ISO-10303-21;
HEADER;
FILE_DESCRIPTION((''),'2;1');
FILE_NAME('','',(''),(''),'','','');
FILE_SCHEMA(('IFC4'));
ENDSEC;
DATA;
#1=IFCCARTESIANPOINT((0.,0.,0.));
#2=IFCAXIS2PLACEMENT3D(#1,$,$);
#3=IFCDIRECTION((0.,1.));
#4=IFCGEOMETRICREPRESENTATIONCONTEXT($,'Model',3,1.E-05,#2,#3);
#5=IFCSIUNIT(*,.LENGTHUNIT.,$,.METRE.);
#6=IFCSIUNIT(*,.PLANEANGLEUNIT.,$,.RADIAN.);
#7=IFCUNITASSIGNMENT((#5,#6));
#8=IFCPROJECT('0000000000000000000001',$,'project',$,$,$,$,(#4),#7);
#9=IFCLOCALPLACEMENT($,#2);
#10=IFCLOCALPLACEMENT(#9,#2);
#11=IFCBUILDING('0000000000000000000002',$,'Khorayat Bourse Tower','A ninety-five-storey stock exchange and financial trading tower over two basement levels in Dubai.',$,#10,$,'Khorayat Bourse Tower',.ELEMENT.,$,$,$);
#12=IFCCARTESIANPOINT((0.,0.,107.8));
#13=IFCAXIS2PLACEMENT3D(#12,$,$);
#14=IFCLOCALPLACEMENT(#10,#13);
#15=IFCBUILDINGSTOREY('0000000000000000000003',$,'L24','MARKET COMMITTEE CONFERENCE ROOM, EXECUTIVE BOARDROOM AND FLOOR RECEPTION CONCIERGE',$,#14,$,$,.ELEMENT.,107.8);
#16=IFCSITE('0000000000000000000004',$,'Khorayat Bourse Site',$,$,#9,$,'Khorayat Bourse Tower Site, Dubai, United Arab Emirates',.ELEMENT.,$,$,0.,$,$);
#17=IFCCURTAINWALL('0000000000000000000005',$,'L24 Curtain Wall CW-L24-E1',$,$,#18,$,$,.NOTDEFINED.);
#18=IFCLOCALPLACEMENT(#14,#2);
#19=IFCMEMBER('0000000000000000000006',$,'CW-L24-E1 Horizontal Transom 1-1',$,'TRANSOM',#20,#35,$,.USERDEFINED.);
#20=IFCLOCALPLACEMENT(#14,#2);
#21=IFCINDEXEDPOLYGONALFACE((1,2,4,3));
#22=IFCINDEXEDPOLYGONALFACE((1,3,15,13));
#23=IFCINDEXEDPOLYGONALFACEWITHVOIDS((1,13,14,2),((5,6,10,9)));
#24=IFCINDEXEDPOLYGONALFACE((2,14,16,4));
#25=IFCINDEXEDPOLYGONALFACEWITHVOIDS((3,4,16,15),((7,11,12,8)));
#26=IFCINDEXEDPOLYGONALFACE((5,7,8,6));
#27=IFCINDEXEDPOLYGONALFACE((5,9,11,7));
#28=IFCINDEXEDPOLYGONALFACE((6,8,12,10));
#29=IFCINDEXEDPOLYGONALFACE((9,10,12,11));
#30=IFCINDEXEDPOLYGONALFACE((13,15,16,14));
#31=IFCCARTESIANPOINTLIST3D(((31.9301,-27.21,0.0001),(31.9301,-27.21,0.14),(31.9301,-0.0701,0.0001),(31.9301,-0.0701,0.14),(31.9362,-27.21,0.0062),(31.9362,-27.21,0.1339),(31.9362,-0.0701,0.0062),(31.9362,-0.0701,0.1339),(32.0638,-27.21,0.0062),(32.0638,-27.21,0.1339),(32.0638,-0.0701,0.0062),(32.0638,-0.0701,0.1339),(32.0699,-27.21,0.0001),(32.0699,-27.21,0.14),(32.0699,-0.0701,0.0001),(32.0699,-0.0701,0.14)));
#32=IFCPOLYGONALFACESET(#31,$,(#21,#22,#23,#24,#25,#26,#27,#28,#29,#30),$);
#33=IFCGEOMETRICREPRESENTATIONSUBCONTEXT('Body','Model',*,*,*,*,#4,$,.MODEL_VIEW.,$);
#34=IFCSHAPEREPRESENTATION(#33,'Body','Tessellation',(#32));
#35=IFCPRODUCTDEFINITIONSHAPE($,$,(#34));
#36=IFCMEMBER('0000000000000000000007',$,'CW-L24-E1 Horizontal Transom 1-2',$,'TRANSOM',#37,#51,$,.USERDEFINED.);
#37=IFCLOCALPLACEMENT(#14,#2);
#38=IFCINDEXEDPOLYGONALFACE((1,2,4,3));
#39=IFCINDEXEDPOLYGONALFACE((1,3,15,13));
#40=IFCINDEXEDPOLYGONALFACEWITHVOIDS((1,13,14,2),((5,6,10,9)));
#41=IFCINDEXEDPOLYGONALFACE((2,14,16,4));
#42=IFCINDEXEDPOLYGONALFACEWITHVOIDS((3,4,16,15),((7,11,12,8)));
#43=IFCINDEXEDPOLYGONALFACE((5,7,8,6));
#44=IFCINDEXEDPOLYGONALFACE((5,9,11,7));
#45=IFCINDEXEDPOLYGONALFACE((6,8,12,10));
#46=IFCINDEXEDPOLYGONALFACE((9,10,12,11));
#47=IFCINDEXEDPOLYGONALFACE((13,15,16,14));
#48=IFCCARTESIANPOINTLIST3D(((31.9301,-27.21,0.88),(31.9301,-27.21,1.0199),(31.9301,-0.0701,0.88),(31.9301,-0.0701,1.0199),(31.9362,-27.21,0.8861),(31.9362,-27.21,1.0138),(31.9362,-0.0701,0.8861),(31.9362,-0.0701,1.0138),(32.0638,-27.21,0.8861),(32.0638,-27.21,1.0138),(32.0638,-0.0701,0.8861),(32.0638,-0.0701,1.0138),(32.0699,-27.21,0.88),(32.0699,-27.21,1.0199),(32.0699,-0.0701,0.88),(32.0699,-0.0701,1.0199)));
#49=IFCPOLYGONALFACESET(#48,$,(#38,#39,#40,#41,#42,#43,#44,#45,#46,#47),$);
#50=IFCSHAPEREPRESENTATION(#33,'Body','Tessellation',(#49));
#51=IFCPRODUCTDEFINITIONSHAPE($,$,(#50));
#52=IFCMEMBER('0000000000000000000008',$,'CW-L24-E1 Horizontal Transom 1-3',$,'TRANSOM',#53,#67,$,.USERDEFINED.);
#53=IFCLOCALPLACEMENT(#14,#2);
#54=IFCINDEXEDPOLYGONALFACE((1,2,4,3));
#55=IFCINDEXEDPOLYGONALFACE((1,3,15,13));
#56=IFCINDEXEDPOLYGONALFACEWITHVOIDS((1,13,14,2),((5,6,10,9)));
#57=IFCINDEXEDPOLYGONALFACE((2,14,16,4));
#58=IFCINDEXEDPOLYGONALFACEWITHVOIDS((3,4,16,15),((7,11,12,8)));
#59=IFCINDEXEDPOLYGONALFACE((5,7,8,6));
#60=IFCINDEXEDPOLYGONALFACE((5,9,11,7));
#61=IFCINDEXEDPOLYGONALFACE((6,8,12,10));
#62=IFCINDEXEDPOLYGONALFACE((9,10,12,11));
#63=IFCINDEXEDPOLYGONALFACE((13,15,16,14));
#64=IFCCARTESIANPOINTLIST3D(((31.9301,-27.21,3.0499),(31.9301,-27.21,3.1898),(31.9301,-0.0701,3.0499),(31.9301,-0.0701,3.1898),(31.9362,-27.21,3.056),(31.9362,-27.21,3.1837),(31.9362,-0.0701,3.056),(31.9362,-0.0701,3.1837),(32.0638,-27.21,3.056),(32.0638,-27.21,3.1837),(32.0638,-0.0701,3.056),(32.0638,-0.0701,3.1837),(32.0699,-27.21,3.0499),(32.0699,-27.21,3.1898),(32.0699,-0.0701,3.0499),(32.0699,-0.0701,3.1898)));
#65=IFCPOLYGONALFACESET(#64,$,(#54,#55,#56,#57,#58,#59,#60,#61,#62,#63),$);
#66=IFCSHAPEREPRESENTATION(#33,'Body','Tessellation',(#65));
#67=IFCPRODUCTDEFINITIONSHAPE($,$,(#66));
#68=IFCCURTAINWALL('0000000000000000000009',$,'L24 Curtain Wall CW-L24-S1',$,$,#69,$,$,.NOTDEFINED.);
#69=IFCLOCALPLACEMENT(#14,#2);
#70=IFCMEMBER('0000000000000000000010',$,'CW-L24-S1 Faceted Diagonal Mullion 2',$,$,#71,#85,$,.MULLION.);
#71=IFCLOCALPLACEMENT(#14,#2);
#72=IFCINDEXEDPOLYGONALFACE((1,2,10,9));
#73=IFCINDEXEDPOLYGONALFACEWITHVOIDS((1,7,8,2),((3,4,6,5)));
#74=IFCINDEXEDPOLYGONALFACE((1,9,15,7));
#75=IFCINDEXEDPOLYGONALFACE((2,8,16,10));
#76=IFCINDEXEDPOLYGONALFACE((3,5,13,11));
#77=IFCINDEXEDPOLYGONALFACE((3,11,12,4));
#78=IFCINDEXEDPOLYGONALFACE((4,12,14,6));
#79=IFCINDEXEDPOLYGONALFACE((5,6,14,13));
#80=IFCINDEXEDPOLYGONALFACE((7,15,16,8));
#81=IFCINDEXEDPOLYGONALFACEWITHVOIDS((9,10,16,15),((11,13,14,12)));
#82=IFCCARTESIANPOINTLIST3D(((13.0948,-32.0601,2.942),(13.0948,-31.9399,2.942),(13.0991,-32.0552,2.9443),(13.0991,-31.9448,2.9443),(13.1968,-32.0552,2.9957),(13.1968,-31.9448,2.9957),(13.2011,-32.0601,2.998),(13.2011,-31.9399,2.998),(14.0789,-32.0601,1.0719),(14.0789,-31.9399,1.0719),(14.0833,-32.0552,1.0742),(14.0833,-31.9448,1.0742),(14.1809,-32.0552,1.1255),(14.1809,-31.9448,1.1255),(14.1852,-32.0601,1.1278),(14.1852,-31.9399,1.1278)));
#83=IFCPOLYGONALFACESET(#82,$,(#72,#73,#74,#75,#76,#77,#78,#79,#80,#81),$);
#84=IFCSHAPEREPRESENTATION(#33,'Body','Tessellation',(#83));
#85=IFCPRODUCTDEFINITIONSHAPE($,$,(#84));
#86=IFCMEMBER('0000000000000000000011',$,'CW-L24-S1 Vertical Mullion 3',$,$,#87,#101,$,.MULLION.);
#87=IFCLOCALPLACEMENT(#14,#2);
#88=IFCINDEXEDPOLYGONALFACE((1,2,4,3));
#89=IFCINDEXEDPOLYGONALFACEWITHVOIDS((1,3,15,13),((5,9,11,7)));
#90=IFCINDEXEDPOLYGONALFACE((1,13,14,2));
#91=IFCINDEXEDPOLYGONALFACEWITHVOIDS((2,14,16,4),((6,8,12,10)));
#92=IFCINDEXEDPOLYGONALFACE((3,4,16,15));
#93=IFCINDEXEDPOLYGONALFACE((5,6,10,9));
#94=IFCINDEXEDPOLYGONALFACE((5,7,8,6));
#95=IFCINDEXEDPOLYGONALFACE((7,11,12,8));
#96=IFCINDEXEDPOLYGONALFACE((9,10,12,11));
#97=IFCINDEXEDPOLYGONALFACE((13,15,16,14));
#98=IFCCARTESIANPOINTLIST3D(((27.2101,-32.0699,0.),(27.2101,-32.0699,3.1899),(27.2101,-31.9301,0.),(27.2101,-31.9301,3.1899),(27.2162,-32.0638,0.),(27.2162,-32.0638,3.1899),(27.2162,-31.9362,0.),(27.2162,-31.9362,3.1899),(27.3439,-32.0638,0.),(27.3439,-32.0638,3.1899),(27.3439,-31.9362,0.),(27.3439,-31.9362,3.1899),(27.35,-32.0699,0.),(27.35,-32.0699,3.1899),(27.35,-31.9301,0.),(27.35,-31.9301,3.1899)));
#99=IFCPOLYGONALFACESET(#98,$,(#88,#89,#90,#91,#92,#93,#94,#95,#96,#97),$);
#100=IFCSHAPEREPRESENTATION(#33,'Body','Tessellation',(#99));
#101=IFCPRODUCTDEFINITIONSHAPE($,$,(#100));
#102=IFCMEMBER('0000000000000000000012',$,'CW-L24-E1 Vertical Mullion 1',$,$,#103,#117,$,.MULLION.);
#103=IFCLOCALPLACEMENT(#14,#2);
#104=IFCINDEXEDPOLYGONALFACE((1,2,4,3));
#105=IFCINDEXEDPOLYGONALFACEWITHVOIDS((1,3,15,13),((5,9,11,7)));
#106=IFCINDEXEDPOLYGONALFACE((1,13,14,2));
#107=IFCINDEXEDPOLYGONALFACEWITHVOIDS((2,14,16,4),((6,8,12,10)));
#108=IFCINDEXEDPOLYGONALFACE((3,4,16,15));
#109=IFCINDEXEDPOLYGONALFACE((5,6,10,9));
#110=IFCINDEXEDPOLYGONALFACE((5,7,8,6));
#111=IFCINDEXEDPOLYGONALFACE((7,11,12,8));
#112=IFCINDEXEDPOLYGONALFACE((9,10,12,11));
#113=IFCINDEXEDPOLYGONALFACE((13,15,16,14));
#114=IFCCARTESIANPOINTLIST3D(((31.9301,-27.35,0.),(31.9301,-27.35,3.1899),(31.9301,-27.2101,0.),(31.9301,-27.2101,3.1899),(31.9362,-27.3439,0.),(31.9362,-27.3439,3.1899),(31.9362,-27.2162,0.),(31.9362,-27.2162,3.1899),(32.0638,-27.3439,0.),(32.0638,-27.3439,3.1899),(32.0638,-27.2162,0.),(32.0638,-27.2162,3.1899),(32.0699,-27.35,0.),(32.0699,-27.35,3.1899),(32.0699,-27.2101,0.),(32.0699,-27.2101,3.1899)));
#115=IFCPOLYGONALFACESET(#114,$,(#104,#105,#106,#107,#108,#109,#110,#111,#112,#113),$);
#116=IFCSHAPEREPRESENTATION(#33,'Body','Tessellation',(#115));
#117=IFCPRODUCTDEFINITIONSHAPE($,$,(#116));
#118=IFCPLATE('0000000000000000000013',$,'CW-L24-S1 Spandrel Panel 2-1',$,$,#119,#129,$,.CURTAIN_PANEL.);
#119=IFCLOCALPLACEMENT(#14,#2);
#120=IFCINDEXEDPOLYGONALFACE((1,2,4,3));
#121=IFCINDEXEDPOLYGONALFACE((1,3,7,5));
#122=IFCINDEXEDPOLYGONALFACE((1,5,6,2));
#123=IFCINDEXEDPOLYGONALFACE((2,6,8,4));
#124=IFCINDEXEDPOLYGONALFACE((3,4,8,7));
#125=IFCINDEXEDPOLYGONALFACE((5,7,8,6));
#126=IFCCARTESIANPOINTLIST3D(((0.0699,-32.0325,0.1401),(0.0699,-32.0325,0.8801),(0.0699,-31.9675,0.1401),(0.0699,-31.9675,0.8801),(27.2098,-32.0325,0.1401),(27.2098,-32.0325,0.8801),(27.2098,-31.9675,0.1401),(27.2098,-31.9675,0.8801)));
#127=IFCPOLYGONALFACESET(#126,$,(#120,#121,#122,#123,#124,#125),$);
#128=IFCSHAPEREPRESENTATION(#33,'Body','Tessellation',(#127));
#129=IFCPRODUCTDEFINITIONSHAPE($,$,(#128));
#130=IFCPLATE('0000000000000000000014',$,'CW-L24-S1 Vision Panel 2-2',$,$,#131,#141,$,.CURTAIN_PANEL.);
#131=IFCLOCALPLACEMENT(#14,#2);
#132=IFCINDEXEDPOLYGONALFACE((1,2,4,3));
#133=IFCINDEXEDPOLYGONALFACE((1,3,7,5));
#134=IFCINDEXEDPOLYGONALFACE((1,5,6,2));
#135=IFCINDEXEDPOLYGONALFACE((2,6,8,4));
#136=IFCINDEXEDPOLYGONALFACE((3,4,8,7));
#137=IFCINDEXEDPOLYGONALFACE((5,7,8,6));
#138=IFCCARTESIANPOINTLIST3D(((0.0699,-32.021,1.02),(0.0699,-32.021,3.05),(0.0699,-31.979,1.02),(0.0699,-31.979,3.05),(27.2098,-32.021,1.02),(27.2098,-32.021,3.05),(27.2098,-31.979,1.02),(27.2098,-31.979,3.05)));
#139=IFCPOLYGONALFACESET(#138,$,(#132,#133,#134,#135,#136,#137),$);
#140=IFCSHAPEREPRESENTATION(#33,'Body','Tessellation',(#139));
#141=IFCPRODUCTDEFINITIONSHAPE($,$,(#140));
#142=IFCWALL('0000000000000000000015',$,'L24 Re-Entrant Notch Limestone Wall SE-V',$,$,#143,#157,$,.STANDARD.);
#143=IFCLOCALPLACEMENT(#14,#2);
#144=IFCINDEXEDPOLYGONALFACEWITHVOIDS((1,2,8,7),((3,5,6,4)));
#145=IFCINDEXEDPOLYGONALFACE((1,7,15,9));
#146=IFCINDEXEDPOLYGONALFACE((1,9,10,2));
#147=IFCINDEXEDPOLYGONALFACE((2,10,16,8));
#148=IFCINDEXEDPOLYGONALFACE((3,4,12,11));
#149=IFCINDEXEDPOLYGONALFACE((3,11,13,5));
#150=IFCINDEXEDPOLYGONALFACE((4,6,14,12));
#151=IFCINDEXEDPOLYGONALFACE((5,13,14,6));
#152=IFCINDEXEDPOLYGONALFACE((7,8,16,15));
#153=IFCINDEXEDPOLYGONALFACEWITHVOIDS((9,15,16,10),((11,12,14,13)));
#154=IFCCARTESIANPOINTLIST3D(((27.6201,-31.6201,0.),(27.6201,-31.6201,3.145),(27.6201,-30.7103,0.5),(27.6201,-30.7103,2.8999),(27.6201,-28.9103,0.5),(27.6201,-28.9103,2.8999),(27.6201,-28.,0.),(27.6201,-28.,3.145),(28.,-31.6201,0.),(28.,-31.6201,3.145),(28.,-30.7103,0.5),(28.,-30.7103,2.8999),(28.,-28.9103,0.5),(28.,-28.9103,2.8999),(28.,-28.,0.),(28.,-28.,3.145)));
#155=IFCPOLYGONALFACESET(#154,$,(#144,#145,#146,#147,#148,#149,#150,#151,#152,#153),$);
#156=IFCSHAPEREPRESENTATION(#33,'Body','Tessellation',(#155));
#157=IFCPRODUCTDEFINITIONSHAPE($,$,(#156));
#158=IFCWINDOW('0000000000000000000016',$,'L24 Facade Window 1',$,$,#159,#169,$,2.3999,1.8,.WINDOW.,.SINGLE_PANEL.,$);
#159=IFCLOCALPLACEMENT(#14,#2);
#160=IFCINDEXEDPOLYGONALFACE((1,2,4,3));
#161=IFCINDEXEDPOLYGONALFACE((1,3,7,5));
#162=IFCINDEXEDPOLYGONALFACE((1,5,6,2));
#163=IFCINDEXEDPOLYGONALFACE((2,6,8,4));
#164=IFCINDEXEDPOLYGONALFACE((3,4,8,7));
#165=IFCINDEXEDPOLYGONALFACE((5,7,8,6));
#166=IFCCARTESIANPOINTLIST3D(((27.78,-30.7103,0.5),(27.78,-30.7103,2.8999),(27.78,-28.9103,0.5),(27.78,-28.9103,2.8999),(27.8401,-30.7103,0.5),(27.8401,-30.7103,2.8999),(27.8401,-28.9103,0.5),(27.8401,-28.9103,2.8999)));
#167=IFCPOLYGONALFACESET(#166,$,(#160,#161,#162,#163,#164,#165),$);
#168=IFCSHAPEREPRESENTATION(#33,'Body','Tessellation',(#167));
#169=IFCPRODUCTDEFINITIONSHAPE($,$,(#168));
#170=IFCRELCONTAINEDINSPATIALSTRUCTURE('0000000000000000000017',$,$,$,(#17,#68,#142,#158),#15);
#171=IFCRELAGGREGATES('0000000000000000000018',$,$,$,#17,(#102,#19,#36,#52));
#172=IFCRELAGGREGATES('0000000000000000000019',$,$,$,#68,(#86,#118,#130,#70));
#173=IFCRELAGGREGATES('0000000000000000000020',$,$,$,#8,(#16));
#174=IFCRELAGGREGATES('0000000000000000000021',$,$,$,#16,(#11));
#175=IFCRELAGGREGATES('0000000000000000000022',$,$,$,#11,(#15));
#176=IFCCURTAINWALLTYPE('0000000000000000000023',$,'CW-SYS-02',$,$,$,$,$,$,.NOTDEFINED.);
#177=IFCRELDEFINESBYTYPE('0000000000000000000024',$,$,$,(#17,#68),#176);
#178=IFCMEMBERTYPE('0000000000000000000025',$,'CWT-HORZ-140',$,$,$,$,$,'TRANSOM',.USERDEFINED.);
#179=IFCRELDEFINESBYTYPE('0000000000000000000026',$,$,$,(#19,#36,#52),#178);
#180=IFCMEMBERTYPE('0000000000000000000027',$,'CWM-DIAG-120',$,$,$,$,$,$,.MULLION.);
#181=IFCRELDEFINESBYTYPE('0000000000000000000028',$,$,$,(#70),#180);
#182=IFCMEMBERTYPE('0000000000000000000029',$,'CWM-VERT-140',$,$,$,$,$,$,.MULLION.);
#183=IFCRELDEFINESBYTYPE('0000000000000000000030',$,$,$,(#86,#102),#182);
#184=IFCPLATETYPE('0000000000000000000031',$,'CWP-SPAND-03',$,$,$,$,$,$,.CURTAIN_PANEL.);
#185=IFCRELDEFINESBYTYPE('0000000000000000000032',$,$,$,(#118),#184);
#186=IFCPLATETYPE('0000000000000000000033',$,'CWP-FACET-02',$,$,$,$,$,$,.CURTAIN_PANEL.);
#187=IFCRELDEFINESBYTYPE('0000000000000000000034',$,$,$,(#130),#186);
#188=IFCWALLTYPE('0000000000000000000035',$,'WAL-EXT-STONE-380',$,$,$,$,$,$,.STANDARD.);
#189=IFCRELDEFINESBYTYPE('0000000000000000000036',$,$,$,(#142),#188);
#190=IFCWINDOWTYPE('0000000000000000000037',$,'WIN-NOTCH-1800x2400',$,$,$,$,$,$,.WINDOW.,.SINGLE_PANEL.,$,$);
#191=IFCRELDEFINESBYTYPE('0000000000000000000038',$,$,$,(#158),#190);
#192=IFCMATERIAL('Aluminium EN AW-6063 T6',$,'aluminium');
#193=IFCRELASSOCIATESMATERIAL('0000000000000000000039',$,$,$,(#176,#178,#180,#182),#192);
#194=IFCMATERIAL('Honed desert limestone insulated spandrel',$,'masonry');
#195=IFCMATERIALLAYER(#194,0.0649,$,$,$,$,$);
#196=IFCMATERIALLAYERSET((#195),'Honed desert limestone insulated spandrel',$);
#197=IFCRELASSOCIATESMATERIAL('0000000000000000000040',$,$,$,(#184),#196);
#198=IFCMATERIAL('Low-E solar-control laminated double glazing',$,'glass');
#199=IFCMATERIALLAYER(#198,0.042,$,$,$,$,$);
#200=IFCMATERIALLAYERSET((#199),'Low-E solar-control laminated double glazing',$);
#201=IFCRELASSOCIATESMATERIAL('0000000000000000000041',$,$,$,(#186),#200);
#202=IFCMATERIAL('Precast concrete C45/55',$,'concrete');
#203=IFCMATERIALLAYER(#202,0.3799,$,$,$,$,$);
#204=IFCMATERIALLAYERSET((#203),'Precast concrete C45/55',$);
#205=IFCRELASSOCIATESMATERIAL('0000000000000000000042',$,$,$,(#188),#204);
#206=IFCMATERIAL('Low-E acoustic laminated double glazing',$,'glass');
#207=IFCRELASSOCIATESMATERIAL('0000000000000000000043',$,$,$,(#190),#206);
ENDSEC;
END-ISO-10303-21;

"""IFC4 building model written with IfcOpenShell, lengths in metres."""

from ifc_helpers import new_model, si_unit, direction, frame, frame_2d, origin, origin_2d, place, context, subcontext, project, spatial, rectangle, hollow_rectangle, extrude, source, transform, mapped, material, layer, layer_set, material_profile, profile_set, type_object, element, fill, aggregate, save


model = new_model("IFC4")

# Units and contexts
model_context = context("Model", 3, precision=1e-05, world=origin(), true_north=direction((0.0, 1.0)))
body_context = subcontext(model_context, "Body", "Model", "MODEL_VIEW")
ifc_project = project(units=[si_unit("LENGTHUNIT", "METRE"), si_unit("PLANEANGLEUNIT", "RADIAN")], contexts=[model_context])

# Site, building, storey
site_placement = place(None, origin())
site = spatial("IfcSite", under=ifc_project, at=site_placement, Name="Khorayat Bourse Site", LongName="Khorayat Bourse Tower Site, Dubai, United Arab Emirates", CompositionType="ELEMENT", RefElevation=0.0)
building_placement = place(site_placement, origin())
building = spatial("IfcBuilding", under=site, at=building_placement, Name="Khorayat Bourse Tower", Description="A ninety-five-storey stock exchange and financial trading tower over two basement levels in Dubai.", LongName="Khorayat Bourse Tower", CompositionType="ELEMENT")
storey_placement = place(building_placement, frame((0.0, 0.0, 107.8)))
storey = spatial("IfcBuildingStorey", under=building, at=storey_placement, Name="L24", Description="MARKET COMMITTEE CONFERENCE ROOM, EXECUTIVE BOARDROOM AND FLOOR RECEPTION CONCIERGE", CompositionType="ELEMENT", Elevation=107.8)

# Curtain walls, members
ifc_material_1 = material(Name="Aluminium EN AW-6063 T6", Category="aluminium")
curtain_wall_type = type_object("IfcCurtainWallType", Name="CW-SYS-02", PredefinedType="NOTDEFINED", material=ifc_material_1)
curtain_wall_1_placement = place(storey_placement, origin())
curtain_wall_1 = element("IfcCurtainWall", 1, at=curtain_wall_1_placement, inside=storey, type_object=curtain_wall_type, Name="L24 Curtain Wall CW-L24-E1", PredefinedType="NOTDEFINED")
ifc_material_profile_1 = material_profile(ifc_material_1, hollow_rectangle(XDim=0.1399, YDim=0.1399, WallThickness=0.0061, at=origin_2d()), Name="ALU 140x140x6")
ifc_profile_set_1 = profile_set([ifc_material_profile_1], Name="Aluminium EN AW-6063 T6")
member_type_1 = type_object("IfcMemberType", Name="CWT-HORZ-140", ElementType="TRANSOM", PredefinedType="USERDEFINED", material=ifc_profile_set_1)
shared_shape_1 = source(origin(), body_context, "Body", "SweptSolid", [
    extrude(hollow_rectangle(XDim=0.1399, YDim=0.1399, WallThickness=0.0061, at=origin_2d()), origin(), (0.0, 0.0, 1.0), 27.1399),
])
member_1_placement = place(storey_placement, frame((32.0, -27.21, 0.0701), z_axis=(0.0, 1.0, 0.0), x_axis=(-1.0, 0.0, 0.0)))
member_1 = element("IfcMember", 2, at=member_1_placement, type_object=member_type_1, Name="CW-L24-E1 Horizontal Transom 1-1", ObjectType="TRANSOM", PredefinedType="USERDEFINED", context=body_context, shape_type="MappedRepresentation", body=[
    mapped(shared_shape_1, transform((0.0, 0.0, 0.0), scale=1.0)),
])
member_2_placement = place(storey_placement, frame((32.0, -27.21, 0.95), z_axis=(0.0, 1.0, 0.0), x_axis=(-1.0, 0.0, 0.0)))
member_2 = element("IfcMember", 3, at=member_2_placement, type_object=member_type_1, Name="CW-L24-E1 Horizontal Transom 1-2", ObjectType="TRANSOM", PredefinedType="USERDEFINED", context=body_context, shape_type="MappedRepresentation", body=[
    mapped(shared_shape_1, transform((0.0, 0.0, 0.0), scale=1.0)),
])
member_3_placement = place(storey_placement, frame((32.0, -27.21, 3.1199), z_axis=(0.0, 1.0, 0.0), x_axis=(-1.0, 0.0, 0.0)))
member_3 = element("IfcMember", 4, at=member_3_placement, type_object=member_type_1, Name="CW-L24-E1 Horizontal Transom 1-3", ObjectType="TRANSOM", PredefinedType="USERDEFINED", context=body_context, shape_type="MappedRepresentation", body=[
    mapped(shared_shape_1, transform((0.0, 0.0, 0.0), scale=1.0)),
])
curtain_wall_2_placement = place(storey_placement, origin())
curtain_wall_2 = element("IfcCurtainWall", 5, at=curtain_wall_2_placement, inside=storey, type_object=curtain_wall_type, Name="L24 Curtain Wall CW-L24-S1", PredefinedType="NOTDEFINED")
ifc_material_profile_2 = material_profile(ifc_material_1, hollow_rectangle(XDim=0.1201, YDim=0.1201, WallThickness=0.0049, at=origin_2d()), Name="ALU 120x120x5")
ifc_profile_set_2 = profile_set([ifc_material_profile_2], Name="Aluminium EN AW-6063 T6")
member_type_2 = type_object("IfcMemberType", Name="CWM-DIAG-120", PredefinedType="MULLION", material=ifc_profile_set_2)
shared_shape_2 = source(origin(), body_context, "Body", "SweptSolid", [
    extrude(hollow_rectangle(XDim=0.1201, YDim=0.1201, WallThickness=0.0049, at=origin_2d()), origin(), (0.0, 0.0, 1.0), 2.1133),
])
member_4_placement = place(storey_placement, frame((14.1321, -32.0, 1.0999), z_axis=(-0.465694, 0.0, 0.884946), x_axis=(0.0, -1.0, 0.0)))
member_4 = element("IfcMember", 6, at=member_4_placement, type_object=member_type_2, Name="CW-L24-S1 Faceted Diagonal Mullion 2", PredefinedType="MULLION", context=body_context, shape_type="MappedRepresentation", body=[
    mapped(shared_shape_2, transform((0.0, 0.0, 0.0), scale=1.0)),
])
ifc_material_profile_3 = material_profile(ifc_material_1, hollow_rectangle(XDim=0.1399, YDim=0.1399, WallThickness=0.0061, at=origin_2d()), Name="ALU 140x140x6")
ifc_profile_set_3 = profile_set([ifc_material_profile_3], Name="Aluminium EN AW-6063 T6")
member_type_3 = type_object("IfcMemberType", Name="CWM-VERT-140", PredefinedType="MULLION", material=ifc_profile_set_3)
shared_shape_3 = source(origin(), body_context, "Body", "SweptSolid", [
    extrude(hollow_rectangle(XDim=0.1399, YDim=0.1399, WallThickness=0.0061, at=origin_2d()), origin(), (0.0, 0.0, 1.0), 3.1899),
])
member_5_placement = place(storey_placement, frame((27.28, -32.0, 0.0), z_axis=(0.0, 0.0, 1.0), x_axis=(0.0, 1.0, 0.0)))
member_5 = element("IfcMember", 7, at=member_5_placement, type_object=member_type_3, Name="CW-L24-S1 Vertical Mullion 3", PredefinedType="MULLION", context=body_context, shape_type="MappedRepresentation", body=[
    mapped(shared_shape_3, transform((0.0, 0.0, 0.0), scale=1.0)),
])

# Member
member_6_placement = place(storey_placement, frame((32.0, -27.28, 0.0), z_axis=(0.0, 0.0, 1.0), x_axis=(-1.0, 0.0, 0.0)))
member_6 = element("IfcMember", 8, at=member_6_placement, type_object=member_type_3, Name="CW-L24-E1 Vertical Mullion 1", PredefinedType="MULLION", context=body_context, shape_type="MappedRepresentation", body=[
    mapped(shared_shape_3, transform((0.0, 0.0, 0.0), scale=1.0)),
])
aggregate(curtain_wall_1, [member_6, member_1, member_2, member_3])

# Plates
ifc_material_2 = material(Name="Honed desert limestone insulated spandrel", Category="masonry")
ifc_layer_1 = layer(ifc_material_2, 0.0649)
ifc_layer_set_1 = layer_set([ifc_layer_1], Name="Honed desert limestone insulated spandrel")
plate_type_1 = type_object("IfcPlateType", Name="CWP-SPAND-03", PredefinedType="CURTAIN_PANEL", material=ifc_layer_set_1)
shared_shape_4 = source(origin(), body_context, "Body", "SweptSolid", [
    extrude(rectangle(XDim=27.1399, YDim=0.0649, at=origin_2d()), origin(), (0.0, 0.0, 1.0), 0.74),
])
plate_1_placement = place(storey_placement, frame((13.6399, -32.0, 0.1401), z_axis=(0.0, 0.0, 1.0), x_axis=(1.0, 0.0, 0.0)))
plate_1 = element("IfcPlate", 9, at=plate_1_placement, type_object=plate_type_1, Name="CW-L24-S1 Spandrel Panel 2-1", PredefinedType="CURTAIN_PANEL", context=body_context, shape_type="MappedRepresentation", body=[
    mapped(shared_shape_4, transform((0.0, 0.0, 0.0), scale=1.0)),
])
ifc_material_3 = material(Name="Low-E solar-control laminated double glazing", Category="glass")
ifc_layer_2 = layer(ifc_material_3, 0.042)
ifc_layer_set_2 = layer_set([ifc_layer_2], Name="Low-E solar-control laminated double glazing")
plate_type_2 = type_object("IfcPlateType", Name="CWP-FACET-02", PredefinedType="CURTAIN_PANEL", material=ifc_layer_set_2)
shared_shape_5 = source(origin(), body_context, "Body", "SweptSolid", [
    extrude(rectangle(XDim=27.1399, YDim=0.042, at=origin_2d()), origin(), (0.0, 0.0, 1.0), 2.03),
])
plate_2_placement = place(storey_placement, frame((13.6399, -32.0, 1.02), z_axis=(0.0, 0.0, 1.0), x_axis=(1.0, 0.0, 0.0)))
plate_2 = element("IfcPlate", 10, at=plate_2_placement, type_object=plate_type_2, Name="CW-L24-S1 Vision Panel 2-2", PredefinedType="CURTAIN_PANEL", context=body_context, shape_type="MappedRepresentation", body=[
    mapped(shared_shape_5, transform((0.0, 0.0, 0.0), scale=1.0)),
])
aggregate(curtain_wall_2, [member_5, plate_1, plate_2, member_4])

# Wall, opening, window
ifc_material_4 = material(Name="Precast concrete C45/55", Category="concrete")
ifc_layer_3 = layer(ifc_material_4, 0.3799)
ifc_layer_set_3 = layer_set([ifc_layer_3], Name="Precast concrete C45/55")
wall_type_1 = type_object("IfcWallType", Name="WAL-EXT-STONE-380", PredefinedType="STANDARD", material=ifc_layer_set_3)
shared_shape_6 = source(origin(), body_context, "Body", "SweptSolid", [
    extrude(rectangle(XDim=3.6201, YDim=0.3799, at=frame_2d((1.8101, 0.0))), origin(), (0.0, 0.0, 1.0), 3.145),
])
wall_1_placement = place(storey_placement, frame((27.8101, -31.6201, 0.0), z_axis=(0.0, 0.0, 1.0), x_axis=(0.0, 1.0, 0.0)))
wall_1 = element("IfcWall", 11, at=wall_1_placement, inside=storey, type_object=wall_type_1, Name="L24 Re-Entrant Notch Limestone Wall SE-V", PredefinedType="STANDARD", context=body_context, shape_type="MappedRepresentation", body=[
    mapped(shared_shape_6, transform((0.0, 0.0, 0.0), scale=1.0)),
])
shared_shape_7 = source(origin(), body_context, "Body", "SweptSolid", [
    extrude(rectangle(XDim=1.8, YDim=2.3999, at=frame_2d((0.8999, 1.2))), frame((0.0, 0.2, 0.0), z_axis=(0.0, -1.0, 0.0), x_axis=(1.0, 0.0, 0.0)), (0.0, 0.0, 1.0), 0.3999),
])
opening_1_placement = place(wall_1_placement, frame((0.9099, 0.0, 0.5)))
opening_1 = element("IfcOpeningElement", 12, at=opening_1_placement, cuts=wall_1, PredefinedType="OPENING", context=body_context, shape_type="MappedRepresentation", body=[
    mapped(shared_shape_7, transform((0.0, 0.0, 0.0), scale=1.0)),
])
ifc_material_5 = material(Name="Low-E acoustic laminated double glazing", Category="glass")
window_type = type_object("IfcWindowType", Name="WIN-NOTCH-1800x2400", PartitioningType="SINGLE_PANEL", PredefinedType="WINDOW", material=ifc_material_5)
shared_shape_8 = source(origin(), body_context, "Body", "SweptSolid", [
    extrude(rectangle(XDim=1.8, YDim=2.3999, at=frame_2d((0.8999, 1.2))), frame((0.0, 0.03, 0.0), z_axis=(0.0, -1.0, 0.0), x_axis=(1.0, 0.0, 0.0)), (0.0, 0.0, 1.0), 0.0601),
])
window_1_placement = place(opening_1_placement, origin())
window_1 = element("IfcWindow", 13, at=window_1_placement, inside=storey, type_object=window_type, Name="L24 Facade Window 1", OverallHeight=2.3999, OverallWidth=1.8, PartitioningType="SINGLE_PANEL", PredefinedType="WINDOW", context=body_context, shape_type="MappedRepresentation", body=[
    mapped(shared_shape_8, transform((0.0, 0.0, 0.0), scale=1.0)),
])
fill(opening_1, window_1)

save(model, "model.ifc")
